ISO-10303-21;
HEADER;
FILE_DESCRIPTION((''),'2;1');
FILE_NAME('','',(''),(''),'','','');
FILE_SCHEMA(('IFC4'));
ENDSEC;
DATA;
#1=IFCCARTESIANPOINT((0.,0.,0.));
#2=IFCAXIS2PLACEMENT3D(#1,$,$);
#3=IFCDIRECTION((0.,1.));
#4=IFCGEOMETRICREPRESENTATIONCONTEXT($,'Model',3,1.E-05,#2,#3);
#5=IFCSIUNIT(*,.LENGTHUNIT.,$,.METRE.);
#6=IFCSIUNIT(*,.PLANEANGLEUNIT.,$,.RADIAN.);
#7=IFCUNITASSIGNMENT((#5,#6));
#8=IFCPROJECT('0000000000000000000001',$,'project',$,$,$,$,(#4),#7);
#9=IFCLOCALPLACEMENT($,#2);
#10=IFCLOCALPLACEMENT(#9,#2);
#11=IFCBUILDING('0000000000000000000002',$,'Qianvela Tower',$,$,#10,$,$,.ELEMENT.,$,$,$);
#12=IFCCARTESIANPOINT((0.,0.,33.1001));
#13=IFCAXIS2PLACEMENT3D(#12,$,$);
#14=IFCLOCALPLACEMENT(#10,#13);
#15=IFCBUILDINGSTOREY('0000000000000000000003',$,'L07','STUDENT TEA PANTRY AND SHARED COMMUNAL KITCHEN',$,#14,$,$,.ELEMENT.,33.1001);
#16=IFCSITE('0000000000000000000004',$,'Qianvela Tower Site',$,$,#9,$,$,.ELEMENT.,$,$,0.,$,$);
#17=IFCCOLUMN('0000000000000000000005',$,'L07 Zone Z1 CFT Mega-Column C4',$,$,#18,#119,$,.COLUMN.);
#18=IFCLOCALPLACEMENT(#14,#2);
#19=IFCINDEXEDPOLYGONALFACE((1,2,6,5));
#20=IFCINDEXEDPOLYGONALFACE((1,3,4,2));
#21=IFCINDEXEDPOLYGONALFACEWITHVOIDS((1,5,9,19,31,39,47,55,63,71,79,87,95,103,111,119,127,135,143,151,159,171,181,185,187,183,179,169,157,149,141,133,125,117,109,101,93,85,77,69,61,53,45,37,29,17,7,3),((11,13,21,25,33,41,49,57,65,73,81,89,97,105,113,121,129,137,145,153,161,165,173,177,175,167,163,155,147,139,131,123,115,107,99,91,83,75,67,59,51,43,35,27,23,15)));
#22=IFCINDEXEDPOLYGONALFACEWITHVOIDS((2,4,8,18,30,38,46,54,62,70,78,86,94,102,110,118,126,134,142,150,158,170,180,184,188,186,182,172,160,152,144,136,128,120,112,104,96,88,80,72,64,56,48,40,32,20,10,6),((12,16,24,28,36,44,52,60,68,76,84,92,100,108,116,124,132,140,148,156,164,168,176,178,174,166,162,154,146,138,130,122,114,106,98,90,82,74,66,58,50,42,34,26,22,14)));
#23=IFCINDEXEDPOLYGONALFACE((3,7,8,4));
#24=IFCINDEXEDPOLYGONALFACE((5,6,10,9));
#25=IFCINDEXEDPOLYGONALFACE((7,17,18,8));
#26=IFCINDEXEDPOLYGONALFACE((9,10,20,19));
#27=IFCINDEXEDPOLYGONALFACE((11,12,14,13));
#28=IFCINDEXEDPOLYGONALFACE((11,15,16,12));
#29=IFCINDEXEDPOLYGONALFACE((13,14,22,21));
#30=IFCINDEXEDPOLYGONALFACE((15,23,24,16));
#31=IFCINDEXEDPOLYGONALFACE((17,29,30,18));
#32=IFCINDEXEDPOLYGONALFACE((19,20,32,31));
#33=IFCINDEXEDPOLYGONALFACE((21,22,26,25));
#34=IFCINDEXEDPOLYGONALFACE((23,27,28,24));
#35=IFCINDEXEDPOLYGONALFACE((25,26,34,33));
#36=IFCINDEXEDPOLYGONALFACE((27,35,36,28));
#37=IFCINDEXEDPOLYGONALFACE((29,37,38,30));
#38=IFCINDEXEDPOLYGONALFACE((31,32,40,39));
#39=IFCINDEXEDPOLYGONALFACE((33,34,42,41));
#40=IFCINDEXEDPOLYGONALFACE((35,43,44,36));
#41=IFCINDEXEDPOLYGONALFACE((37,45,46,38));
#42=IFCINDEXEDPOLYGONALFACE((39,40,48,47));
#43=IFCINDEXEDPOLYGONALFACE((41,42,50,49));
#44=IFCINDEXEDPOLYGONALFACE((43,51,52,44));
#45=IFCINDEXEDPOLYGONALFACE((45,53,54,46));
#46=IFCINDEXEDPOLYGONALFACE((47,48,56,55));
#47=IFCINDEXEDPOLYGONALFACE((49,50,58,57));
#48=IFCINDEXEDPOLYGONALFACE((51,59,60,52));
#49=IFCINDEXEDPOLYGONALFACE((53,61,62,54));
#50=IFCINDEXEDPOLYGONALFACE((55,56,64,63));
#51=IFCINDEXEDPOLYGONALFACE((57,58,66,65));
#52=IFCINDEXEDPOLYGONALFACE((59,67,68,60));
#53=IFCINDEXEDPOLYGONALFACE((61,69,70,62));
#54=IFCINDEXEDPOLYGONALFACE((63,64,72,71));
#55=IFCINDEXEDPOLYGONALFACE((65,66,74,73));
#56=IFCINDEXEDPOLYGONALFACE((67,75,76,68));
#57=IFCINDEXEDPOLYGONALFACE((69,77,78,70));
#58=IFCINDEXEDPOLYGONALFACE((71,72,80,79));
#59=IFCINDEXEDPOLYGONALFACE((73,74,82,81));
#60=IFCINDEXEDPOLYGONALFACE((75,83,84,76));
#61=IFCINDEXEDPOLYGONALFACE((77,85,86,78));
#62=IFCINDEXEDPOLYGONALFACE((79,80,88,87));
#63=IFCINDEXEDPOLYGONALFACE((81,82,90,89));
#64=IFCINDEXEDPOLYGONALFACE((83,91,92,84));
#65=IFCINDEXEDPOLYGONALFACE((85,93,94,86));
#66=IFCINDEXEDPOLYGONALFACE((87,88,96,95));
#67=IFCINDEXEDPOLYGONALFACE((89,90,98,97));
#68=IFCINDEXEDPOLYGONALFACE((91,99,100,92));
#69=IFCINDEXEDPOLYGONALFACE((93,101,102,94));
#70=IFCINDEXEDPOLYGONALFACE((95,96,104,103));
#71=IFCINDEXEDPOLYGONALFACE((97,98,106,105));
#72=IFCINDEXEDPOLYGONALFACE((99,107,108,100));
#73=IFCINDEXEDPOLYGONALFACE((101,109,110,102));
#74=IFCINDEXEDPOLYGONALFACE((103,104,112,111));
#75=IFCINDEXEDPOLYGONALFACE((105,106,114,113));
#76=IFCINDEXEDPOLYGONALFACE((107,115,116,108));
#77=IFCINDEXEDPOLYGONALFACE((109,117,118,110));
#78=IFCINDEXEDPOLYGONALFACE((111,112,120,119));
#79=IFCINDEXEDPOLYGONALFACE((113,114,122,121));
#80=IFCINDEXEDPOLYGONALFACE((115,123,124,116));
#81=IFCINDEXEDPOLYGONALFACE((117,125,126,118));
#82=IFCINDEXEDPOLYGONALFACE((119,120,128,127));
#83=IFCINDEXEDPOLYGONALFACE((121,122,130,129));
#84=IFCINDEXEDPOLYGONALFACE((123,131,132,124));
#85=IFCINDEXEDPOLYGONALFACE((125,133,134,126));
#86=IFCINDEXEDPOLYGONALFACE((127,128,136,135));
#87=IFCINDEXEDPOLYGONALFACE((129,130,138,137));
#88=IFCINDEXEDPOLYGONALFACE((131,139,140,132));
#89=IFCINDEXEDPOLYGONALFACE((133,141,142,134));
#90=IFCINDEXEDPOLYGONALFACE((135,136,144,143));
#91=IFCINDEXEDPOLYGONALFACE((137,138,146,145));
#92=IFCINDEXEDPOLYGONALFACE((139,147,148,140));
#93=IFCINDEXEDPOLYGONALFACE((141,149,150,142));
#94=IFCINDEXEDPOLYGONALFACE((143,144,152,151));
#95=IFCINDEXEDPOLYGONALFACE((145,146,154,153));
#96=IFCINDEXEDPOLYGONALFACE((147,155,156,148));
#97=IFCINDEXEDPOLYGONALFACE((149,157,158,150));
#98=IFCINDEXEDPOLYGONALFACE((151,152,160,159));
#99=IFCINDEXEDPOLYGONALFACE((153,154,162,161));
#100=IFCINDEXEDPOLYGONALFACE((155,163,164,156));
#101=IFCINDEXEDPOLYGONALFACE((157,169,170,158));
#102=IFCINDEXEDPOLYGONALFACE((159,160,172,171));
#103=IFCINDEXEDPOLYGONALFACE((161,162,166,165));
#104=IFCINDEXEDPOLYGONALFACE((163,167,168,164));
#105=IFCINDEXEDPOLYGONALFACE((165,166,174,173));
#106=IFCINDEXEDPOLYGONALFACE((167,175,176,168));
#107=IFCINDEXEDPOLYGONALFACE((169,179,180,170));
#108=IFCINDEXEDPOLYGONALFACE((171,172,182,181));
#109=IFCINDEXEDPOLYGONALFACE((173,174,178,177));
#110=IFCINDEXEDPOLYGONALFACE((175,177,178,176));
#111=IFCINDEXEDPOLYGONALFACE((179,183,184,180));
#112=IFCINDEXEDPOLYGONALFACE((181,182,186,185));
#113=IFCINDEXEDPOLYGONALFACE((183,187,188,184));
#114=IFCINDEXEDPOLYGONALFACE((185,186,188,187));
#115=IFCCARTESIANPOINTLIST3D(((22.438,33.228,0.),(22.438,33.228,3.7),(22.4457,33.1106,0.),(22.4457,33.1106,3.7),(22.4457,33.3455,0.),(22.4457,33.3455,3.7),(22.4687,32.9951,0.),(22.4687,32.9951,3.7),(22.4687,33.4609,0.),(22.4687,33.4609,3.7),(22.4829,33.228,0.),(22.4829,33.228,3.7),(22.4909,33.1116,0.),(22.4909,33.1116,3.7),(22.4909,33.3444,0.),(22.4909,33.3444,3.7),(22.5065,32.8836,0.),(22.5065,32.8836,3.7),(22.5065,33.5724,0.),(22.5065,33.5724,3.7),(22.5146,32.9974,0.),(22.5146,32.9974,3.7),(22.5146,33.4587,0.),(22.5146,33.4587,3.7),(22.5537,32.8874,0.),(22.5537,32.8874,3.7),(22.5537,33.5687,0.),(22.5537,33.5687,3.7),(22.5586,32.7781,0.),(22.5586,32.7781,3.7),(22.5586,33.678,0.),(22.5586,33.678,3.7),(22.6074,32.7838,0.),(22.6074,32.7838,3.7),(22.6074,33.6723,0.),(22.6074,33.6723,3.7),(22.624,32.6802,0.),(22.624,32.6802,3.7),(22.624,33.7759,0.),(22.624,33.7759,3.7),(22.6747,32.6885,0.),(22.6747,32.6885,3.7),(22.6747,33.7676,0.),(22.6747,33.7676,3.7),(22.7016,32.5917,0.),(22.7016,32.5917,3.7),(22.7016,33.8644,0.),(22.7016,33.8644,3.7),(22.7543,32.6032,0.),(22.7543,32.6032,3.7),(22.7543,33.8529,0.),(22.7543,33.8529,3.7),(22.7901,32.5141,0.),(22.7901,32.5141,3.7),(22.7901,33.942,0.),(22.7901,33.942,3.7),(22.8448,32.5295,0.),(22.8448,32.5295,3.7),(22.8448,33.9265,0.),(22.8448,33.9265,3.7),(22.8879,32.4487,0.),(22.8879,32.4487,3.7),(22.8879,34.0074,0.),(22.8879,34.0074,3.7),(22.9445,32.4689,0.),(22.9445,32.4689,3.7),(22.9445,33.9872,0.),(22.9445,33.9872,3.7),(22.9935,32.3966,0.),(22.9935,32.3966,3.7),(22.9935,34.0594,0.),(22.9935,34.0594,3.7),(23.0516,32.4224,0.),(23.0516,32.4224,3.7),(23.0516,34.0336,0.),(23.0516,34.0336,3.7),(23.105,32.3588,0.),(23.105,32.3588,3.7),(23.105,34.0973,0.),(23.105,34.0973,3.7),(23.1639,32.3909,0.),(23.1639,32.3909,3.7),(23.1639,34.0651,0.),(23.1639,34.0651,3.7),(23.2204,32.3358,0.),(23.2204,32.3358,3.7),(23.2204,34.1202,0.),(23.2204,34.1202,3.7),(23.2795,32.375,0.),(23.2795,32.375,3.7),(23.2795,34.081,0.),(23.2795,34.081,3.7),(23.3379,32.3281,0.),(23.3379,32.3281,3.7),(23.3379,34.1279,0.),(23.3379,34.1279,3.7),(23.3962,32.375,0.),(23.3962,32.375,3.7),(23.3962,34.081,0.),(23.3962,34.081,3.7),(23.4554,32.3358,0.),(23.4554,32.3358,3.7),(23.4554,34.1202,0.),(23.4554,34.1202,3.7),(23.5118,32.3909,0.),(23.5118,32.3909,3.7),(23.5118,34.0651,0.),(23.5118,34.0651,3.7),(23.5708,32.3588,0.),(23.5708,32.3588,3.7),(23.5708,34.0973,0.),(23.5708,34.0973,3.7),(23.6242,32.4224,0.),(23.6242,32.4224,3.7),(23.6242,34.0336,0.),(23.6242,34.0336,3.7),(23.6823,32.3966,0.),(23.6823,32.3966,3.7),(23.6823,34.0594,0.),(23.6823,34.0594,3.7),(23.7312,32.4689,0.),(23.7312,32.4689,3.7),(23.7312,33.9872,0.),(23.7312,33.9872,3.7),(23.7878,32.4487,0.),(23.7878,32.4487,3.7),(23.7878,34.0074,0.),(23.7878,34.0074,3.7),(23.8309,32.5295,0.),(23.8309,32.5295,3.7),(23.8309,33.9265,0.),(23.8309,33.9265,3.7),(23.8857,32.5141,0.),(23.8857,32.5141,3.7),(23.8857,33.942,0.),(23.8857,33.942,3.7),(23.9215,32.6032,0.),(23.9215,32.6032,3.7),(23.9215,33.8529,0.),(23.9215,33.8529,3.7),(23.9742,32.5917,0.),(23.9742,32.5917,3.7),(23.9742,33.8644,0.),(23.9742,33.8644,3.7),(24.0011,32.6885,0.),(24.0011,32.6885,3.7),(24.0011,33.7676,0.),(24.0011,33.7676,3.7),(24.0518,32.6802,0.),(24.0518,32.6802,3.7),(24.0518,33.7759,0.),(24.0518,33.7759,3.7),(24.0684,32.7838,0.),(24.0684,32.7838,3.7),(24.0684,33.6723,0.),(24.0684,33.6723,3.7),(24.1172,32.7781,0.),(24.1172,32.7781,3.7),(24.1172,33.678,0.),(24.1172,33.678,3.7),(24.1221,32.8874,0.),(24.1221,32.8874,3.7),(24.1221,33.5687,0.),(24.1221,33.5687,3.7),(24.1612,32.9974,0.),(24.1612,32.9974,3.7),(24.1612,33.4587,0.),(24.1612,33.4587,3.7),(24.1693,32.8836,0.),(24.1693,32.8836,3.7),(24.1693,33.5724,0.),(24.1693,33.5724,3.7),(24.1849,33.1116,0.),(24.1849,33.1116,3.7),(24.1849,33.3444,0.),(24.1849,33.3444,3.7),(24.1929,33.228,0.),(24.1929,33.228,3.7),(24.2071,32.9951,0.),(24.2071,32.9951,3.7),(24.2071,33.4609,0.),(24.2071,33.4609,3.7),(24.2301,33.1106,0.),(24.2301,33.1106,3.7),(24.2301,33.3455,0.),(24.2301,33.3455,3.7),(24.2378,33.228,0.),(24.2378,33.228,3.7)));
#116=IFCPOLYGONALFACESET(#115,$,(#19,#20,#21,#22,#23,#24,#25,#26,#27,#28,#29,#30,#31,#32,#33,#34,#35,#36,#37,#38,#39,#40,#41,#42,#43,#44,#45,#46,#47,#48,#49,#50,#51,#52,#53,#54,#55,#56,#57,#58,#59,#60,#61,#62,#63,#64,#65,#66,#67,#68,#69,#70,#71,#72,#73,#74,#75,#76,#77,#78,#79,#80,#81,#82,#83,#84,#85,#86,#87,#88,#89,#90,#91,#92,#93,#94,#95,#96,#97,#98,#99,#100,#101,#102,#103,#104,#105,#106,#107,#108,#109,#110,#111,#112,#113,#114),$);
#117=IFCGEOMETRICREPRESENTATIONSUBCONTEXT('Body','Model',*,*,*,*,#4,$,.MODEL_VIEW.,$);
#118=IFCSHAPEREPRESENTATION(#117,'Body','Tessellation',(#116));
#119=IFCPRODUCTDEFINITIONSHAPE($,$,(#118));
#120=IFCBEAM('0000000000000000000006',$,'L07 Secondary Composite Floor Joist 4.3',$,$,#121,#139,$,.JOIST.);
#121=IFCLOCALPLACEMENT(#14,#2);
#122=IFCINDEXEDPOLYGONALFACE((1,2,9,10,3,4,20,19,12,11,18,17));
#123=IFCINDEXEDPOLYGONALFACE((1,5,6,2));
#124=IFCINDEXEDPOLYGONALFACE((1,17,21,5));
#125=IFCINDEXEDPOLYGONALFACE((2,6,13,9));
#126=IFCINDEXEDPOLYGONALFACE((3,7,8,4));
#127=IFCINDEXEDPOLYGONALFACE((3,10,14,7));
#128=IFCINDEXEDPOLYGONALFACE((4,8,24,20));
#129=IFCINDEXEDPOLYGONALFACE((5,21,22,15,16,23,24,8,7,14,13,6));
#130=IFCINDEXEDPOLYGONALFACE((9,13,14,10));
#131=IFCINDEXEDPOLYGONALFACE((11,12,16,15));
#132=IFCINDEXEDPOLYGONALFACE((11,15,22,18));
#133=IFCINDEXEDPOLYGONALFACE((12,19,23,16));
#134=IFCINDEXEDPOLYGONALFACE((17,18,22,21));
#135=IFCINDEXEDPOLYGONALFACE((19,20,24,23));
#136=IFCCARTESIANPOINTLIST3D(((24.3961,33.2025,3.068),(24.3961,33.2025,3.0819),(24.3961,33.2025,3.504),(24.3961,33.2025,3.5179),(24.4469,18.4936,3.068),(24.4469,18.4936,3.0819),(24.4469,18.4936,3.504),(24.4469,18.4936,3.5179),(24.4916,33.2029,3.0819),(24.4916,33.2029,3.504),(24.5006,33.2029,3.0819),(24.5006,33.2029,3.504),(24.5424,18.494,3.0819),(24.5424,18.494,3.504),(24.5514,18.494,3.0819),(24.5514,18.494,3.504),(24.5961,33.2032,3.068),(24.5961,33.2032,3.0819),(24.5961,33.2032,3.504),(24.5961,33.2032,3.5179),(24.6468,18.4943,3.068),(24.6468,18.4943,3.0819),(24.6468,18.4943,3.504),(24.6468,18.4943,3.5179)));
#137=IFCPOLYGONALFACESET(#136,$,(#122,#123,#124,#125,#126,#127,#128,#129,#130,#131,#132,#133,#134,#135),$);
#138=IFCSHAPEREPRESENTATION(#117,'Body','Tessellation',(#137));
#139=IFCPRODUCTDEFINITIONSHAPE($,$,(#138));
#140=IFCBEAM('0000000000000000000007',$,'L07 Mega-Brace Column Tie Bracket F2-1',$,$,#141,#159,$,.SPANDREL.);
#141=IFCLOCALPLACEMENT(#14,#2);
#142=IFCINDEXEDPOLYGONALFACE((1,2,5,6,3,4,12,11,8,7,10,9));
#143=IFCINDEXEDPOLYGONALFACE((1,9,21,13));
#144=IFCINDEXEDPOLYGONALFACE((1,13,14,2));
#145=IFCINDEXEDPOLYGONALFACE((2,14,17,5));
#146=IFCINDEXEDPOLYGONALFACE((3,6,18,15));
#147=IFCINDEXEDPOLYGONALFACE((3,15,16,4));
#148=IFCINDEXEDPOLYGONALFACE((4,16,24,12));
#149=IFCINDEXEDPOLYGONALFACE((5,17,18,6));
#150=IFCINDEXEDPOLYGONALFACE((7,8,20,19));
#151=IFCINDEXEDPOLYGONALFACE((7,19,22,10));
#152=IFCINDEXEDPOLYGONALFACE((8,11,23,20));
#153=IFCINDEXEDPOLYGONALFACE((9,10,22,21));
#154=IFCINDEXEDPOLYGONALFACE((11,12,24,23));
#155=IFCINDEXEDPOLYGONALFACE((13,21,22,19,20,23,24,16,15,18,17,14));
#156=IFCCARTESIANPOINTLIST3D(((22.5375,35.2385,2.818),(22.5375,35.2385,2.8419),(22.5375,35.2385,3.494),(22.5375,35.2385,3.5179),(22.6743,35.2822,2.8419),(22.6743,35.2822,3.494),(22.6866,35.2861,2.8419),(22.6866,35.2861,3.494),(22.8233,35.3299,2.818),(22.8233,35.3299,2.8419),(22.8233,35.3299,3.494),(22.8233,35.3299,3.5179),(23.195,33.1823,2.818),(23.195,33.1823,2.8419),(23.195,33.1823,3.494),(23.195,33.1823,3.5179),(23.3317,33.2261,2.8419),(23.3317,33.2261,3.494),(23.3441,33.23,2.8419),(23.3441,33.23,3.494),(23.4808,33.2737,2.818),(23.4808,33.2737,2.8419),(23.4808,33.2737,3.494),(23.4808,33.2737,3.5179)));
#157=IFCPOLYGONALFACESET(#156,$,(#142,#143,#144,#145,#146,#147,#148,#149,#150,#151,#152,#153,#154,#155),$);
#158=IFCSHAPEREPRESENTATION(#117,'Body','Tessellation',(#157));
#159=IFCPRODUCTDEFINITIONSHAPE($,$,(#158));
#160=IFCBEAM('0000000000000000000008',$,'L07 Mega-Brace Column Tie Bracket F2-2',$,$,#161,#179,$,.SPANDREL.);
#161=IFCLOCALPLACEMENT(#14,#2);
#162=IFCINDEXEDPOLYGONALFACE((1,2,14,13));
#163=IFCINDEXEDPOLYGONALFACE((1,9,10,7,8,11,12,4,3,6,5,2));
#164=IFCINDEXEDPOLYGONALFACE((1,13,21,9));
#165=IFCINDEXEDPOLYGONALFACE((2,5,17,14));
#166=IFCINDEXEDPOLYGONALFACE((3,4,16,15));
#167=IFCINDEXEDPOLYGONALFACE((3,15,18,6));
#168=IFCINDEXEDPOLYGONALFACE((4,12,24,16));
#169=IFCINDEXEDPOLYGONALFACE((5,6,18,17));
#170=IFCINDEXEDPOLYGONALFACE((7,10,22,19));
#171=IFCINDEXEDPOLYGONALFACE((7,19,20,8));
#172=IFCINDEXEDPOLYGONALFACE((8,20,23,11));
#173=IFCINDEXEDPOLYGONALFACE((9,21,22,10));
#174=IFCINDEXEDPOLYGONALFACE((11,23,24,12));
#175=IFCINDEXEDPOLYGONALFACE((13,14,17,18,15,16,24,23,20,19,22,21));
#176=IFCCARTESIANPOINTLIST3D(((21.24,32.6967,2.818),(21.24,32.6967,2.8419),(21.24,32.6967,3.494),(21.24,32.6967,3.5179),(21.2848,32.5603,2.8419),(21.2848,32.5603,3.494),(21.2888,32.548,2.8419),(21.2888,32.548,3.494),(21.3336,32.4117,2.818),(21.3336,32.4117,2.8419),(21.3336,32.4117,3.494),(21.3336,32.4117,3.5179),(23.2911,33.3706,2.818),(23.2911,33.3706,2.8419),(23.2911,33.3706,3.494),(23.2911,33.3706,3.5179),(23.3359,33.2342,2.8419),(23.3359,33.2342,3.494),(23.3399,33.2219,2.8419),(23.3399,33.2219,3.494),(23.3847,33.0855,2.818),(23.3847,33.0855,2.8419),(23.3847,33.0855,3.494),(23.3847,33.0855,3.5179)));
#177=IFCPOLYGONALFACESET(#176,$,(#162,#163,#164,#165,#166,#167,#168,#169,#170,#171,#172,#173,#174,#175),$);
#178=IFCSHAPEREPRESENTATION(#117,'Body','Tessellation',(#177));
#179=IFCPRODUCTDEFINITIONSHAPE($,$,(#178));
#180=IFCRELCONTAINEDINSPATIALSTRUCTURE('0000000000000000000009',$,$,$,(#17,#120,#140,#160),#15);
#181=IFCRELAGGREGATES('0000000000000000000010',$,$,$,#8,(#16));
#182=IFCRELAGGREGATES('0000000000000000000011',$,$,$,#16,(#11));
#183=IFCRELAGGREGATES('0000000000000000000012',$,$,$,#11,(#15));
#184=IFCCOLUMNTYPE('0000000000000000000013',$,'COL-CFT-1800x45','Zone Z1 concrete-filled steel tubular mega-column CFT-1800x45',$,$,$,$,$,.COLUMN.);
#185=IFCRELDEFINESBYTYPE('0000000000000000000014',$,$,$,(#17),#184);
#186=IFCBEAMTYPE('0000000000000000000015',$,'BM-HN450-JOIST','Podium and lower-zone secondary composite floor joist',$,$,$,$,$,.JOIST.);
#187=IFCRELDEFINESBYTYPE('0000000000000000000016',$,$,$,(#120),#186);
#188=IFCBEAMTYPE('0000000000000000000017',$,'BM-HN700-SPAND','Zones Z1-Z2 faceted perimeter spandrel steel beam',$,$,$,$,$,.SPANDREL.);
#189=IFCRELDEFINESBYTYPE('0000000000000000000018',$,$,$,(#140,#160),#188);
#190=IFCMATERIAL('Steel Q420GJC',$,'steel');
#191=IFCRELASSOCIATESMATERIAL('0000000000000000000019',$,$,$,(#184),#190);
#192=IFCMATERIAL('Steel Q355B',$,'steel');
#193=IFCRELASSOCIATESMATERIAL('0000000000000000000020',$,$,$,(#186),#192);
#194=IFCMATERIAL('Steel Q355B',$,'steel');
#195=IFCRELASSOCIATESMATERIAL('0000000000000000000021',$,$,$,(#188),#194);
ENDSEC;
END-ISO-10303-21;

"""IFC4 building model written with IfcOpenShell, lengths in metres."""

from ifc_helpers import new_model, si_unit, direction, frame, origin, origin_2d, place, context, subcontext, project, spatial, hollow_circle, i_section, extrude, material, material_profile, profile_set, type_object, element, save


model = new_model("IFC4")

# Units and contexts
model_context = context("Model", 3, precision=1e-05, world=origin(), true_north=direction((0.0, 1.0)))
body_context = subcontext(model_context, "Body", "Model", "MODEL_VIEW")
ifc_project = project(units=[si_unit("LENGTHUNIT", "METRE"), si_unit("PLANEANGLEUNIT", "RADIAN")], contexts=[model_context])

# Site, building, storey
site_placement = place(None, origin())
site = spatial("IfcSite", under=ifc_project, at=site_placement, Name="Qianvela Tower Site", CompositionType="ELEMENT", RefElevation=0.0)
building_placement = place(site_placement, origin())
building = spatial("IfcBuilding", under=site, at=building_placement, Name="Qianvela Tower", CompositionType="ELEMENT")
storey_placement = place(building_placement, frame((0.0, 0.0, 33.1001)))
storey = spatial("IfcBuildingStorey", under=building, at=storey_placement, Name="L07", Description="STUDENT TEA PANTRY AND SHARED COMMUNAL KITCHEN", CompositionType="ELEMENT", Elevation=33.1001)

# Column
ifc_material_1 = material(Name="Steel Q420GJC", Category="steel")
ifc_material_profile_1 = material_profile(ifc_material_1, hollow_circle(Radius=0.8999, WallThickness=0.0449, at=origin_2d()), Name="CFT-1800x45")
ifc_profile_set_1 = profile_set([ifc_material_profile_1], Name="Steel Q420GJC")
column_type = type_object("IfcColumnType", Name="COL-CFT-1800x45", Description="Zone Z1 concrete-filled steel tubular mega-column CFT-1800x45", PredefinedType="COLUMN", material=ifc_profile_set_1)
column_placement = place(storey_placement, frame((23.3379, 33.228, 0.0), z_axis=(0.0, 0.0, 1.0), x_axis=(1.0, 0.0, 0.0)))
element("IfcColumn", 1, at=column_placement, inside=storey, type_object=column_type, Name="L07 Zone Z1 CFT Mega-Column C4", PredefinedType="COLUMN", context=body_context, shape_type="SweptSolid", body=[
    extrude(hollow_circle(Radius=0.8999, WallThickness=0.0449, at=origin_2d()), origin(), (0.0, 0.0, 1.0), 3.7),
])

# Beams
ifc_material_2 = material(Name="Steel Q355B", Category="steel")
ifc_material_profile_2 = material_profile(ifc_material_2, i_section(OverallWidth=0.2, OverallDepth=0.45, WebThickness=0.009, FlangeThickness=0.0139, at=origin_2d()), Name="HN450x200x9x14")
ifc_profile_set_2 = profile_set([ifc_material_profile_2], Name="Steel Q355B")
beam_type_1 = type_object("IfcBeamType", Name="BM-HN450-JOIST", Description="Podium and lower-zone secondary composite floor joist", PredefinedType="JOIST", material=ifc_profile_set_2)
beam_1_placement = place(storey_placement, frame((24.4961, 33.2029, 3.293), z_axis=(0.003452, -0.999994, 0.0), x_axis=(0.999994, 0.003452, 0.0)))
element("IfcBeam", 2, at=beam_1_placement, inside=storey, type_object=beam_type_1, Name="L07 Secondary Composite Floor Joist 4.3", PredefinedType="JOIST", context=body_context, shape_type="SweptSolid", body=[
    extrude(i_section(OverallWidth=0.2, OverallDepth=0.45, WebThickness=0.009, FlangeThickness=0.0139, at=origin_2d()), origin(), (0.0, 0.0, 1.0), 14.709),
])
ifc_material_3 = material(Name="Steel Q355B", Category="steel")
ifc_material_profile_3 = material_profile(ifc_material_3, i_section(OverallWidth=0.3, OverallDepth=0.7, WebThickness=0.0129, FlangeThickness=0.0239, at=origin_2d()), Name="HN700x300x13x24")
ifc_profile_set_3 = profile_set([ifc_material_profile_3], Name="Steel Q355B")
beam_type_2 = type_object("IfcBeamType", Name="BM-HN700-SPAND", Description="Zones Z1-Z2 faceted perimeter spandrel steel beam", PredefinedType="SPANDREL", material=ifc_profile_set_3)
beam_2_placement = place(storey_placement, frame((23.3379, 33.228, 3.168), z_axis=(-0.304566, 0.952491, 0.0), x_axis=(-0.952491, -0.304566, 0.0)))
element("IfcBeam", 3, at=beam_2_placement, inside=storey, type_object=beam_type_2, Name="L07 Mega-Brace Column Tie Bracket F2-1", PredefinedType="SPANDREL", context=body_context, shape_type="SweptSolid", body=[
    extrude(i_section(OverallWidth=0.3, OverallDepth=0.7, WebThickness=0.0129, FlangeThickness=0.0239, at=origin_2d()), origin(), (0.0, 0.0, 1.0), 2.1587),
])
beam_3_placement = place(storey_placement, frame((23.3379, 33.228, 3.168), z_axis=(-0.950043, -0.31212, 0.0), x_axis=(0.31212, -0.950043, 0.0)))
element("IfcBeam", 4, at=beam_3_placement, inside=storey, type_object=beam_type_2, Name="L07 Mega-Brace Column Tie Bracket F2-2", PredefinedType="SPANDREL", context=body_context, shape_type="SweptSolid", body=[
    extrude(i_section(OverallWidth=0.3, OverallDepth=0.7, WebThickness=0.0129, FlangeThickness=0.0239, at=origin_2d()), origin(), (0.0, 0.0, 1.0), 2.1589),
])

save(model, "model.ifc")
